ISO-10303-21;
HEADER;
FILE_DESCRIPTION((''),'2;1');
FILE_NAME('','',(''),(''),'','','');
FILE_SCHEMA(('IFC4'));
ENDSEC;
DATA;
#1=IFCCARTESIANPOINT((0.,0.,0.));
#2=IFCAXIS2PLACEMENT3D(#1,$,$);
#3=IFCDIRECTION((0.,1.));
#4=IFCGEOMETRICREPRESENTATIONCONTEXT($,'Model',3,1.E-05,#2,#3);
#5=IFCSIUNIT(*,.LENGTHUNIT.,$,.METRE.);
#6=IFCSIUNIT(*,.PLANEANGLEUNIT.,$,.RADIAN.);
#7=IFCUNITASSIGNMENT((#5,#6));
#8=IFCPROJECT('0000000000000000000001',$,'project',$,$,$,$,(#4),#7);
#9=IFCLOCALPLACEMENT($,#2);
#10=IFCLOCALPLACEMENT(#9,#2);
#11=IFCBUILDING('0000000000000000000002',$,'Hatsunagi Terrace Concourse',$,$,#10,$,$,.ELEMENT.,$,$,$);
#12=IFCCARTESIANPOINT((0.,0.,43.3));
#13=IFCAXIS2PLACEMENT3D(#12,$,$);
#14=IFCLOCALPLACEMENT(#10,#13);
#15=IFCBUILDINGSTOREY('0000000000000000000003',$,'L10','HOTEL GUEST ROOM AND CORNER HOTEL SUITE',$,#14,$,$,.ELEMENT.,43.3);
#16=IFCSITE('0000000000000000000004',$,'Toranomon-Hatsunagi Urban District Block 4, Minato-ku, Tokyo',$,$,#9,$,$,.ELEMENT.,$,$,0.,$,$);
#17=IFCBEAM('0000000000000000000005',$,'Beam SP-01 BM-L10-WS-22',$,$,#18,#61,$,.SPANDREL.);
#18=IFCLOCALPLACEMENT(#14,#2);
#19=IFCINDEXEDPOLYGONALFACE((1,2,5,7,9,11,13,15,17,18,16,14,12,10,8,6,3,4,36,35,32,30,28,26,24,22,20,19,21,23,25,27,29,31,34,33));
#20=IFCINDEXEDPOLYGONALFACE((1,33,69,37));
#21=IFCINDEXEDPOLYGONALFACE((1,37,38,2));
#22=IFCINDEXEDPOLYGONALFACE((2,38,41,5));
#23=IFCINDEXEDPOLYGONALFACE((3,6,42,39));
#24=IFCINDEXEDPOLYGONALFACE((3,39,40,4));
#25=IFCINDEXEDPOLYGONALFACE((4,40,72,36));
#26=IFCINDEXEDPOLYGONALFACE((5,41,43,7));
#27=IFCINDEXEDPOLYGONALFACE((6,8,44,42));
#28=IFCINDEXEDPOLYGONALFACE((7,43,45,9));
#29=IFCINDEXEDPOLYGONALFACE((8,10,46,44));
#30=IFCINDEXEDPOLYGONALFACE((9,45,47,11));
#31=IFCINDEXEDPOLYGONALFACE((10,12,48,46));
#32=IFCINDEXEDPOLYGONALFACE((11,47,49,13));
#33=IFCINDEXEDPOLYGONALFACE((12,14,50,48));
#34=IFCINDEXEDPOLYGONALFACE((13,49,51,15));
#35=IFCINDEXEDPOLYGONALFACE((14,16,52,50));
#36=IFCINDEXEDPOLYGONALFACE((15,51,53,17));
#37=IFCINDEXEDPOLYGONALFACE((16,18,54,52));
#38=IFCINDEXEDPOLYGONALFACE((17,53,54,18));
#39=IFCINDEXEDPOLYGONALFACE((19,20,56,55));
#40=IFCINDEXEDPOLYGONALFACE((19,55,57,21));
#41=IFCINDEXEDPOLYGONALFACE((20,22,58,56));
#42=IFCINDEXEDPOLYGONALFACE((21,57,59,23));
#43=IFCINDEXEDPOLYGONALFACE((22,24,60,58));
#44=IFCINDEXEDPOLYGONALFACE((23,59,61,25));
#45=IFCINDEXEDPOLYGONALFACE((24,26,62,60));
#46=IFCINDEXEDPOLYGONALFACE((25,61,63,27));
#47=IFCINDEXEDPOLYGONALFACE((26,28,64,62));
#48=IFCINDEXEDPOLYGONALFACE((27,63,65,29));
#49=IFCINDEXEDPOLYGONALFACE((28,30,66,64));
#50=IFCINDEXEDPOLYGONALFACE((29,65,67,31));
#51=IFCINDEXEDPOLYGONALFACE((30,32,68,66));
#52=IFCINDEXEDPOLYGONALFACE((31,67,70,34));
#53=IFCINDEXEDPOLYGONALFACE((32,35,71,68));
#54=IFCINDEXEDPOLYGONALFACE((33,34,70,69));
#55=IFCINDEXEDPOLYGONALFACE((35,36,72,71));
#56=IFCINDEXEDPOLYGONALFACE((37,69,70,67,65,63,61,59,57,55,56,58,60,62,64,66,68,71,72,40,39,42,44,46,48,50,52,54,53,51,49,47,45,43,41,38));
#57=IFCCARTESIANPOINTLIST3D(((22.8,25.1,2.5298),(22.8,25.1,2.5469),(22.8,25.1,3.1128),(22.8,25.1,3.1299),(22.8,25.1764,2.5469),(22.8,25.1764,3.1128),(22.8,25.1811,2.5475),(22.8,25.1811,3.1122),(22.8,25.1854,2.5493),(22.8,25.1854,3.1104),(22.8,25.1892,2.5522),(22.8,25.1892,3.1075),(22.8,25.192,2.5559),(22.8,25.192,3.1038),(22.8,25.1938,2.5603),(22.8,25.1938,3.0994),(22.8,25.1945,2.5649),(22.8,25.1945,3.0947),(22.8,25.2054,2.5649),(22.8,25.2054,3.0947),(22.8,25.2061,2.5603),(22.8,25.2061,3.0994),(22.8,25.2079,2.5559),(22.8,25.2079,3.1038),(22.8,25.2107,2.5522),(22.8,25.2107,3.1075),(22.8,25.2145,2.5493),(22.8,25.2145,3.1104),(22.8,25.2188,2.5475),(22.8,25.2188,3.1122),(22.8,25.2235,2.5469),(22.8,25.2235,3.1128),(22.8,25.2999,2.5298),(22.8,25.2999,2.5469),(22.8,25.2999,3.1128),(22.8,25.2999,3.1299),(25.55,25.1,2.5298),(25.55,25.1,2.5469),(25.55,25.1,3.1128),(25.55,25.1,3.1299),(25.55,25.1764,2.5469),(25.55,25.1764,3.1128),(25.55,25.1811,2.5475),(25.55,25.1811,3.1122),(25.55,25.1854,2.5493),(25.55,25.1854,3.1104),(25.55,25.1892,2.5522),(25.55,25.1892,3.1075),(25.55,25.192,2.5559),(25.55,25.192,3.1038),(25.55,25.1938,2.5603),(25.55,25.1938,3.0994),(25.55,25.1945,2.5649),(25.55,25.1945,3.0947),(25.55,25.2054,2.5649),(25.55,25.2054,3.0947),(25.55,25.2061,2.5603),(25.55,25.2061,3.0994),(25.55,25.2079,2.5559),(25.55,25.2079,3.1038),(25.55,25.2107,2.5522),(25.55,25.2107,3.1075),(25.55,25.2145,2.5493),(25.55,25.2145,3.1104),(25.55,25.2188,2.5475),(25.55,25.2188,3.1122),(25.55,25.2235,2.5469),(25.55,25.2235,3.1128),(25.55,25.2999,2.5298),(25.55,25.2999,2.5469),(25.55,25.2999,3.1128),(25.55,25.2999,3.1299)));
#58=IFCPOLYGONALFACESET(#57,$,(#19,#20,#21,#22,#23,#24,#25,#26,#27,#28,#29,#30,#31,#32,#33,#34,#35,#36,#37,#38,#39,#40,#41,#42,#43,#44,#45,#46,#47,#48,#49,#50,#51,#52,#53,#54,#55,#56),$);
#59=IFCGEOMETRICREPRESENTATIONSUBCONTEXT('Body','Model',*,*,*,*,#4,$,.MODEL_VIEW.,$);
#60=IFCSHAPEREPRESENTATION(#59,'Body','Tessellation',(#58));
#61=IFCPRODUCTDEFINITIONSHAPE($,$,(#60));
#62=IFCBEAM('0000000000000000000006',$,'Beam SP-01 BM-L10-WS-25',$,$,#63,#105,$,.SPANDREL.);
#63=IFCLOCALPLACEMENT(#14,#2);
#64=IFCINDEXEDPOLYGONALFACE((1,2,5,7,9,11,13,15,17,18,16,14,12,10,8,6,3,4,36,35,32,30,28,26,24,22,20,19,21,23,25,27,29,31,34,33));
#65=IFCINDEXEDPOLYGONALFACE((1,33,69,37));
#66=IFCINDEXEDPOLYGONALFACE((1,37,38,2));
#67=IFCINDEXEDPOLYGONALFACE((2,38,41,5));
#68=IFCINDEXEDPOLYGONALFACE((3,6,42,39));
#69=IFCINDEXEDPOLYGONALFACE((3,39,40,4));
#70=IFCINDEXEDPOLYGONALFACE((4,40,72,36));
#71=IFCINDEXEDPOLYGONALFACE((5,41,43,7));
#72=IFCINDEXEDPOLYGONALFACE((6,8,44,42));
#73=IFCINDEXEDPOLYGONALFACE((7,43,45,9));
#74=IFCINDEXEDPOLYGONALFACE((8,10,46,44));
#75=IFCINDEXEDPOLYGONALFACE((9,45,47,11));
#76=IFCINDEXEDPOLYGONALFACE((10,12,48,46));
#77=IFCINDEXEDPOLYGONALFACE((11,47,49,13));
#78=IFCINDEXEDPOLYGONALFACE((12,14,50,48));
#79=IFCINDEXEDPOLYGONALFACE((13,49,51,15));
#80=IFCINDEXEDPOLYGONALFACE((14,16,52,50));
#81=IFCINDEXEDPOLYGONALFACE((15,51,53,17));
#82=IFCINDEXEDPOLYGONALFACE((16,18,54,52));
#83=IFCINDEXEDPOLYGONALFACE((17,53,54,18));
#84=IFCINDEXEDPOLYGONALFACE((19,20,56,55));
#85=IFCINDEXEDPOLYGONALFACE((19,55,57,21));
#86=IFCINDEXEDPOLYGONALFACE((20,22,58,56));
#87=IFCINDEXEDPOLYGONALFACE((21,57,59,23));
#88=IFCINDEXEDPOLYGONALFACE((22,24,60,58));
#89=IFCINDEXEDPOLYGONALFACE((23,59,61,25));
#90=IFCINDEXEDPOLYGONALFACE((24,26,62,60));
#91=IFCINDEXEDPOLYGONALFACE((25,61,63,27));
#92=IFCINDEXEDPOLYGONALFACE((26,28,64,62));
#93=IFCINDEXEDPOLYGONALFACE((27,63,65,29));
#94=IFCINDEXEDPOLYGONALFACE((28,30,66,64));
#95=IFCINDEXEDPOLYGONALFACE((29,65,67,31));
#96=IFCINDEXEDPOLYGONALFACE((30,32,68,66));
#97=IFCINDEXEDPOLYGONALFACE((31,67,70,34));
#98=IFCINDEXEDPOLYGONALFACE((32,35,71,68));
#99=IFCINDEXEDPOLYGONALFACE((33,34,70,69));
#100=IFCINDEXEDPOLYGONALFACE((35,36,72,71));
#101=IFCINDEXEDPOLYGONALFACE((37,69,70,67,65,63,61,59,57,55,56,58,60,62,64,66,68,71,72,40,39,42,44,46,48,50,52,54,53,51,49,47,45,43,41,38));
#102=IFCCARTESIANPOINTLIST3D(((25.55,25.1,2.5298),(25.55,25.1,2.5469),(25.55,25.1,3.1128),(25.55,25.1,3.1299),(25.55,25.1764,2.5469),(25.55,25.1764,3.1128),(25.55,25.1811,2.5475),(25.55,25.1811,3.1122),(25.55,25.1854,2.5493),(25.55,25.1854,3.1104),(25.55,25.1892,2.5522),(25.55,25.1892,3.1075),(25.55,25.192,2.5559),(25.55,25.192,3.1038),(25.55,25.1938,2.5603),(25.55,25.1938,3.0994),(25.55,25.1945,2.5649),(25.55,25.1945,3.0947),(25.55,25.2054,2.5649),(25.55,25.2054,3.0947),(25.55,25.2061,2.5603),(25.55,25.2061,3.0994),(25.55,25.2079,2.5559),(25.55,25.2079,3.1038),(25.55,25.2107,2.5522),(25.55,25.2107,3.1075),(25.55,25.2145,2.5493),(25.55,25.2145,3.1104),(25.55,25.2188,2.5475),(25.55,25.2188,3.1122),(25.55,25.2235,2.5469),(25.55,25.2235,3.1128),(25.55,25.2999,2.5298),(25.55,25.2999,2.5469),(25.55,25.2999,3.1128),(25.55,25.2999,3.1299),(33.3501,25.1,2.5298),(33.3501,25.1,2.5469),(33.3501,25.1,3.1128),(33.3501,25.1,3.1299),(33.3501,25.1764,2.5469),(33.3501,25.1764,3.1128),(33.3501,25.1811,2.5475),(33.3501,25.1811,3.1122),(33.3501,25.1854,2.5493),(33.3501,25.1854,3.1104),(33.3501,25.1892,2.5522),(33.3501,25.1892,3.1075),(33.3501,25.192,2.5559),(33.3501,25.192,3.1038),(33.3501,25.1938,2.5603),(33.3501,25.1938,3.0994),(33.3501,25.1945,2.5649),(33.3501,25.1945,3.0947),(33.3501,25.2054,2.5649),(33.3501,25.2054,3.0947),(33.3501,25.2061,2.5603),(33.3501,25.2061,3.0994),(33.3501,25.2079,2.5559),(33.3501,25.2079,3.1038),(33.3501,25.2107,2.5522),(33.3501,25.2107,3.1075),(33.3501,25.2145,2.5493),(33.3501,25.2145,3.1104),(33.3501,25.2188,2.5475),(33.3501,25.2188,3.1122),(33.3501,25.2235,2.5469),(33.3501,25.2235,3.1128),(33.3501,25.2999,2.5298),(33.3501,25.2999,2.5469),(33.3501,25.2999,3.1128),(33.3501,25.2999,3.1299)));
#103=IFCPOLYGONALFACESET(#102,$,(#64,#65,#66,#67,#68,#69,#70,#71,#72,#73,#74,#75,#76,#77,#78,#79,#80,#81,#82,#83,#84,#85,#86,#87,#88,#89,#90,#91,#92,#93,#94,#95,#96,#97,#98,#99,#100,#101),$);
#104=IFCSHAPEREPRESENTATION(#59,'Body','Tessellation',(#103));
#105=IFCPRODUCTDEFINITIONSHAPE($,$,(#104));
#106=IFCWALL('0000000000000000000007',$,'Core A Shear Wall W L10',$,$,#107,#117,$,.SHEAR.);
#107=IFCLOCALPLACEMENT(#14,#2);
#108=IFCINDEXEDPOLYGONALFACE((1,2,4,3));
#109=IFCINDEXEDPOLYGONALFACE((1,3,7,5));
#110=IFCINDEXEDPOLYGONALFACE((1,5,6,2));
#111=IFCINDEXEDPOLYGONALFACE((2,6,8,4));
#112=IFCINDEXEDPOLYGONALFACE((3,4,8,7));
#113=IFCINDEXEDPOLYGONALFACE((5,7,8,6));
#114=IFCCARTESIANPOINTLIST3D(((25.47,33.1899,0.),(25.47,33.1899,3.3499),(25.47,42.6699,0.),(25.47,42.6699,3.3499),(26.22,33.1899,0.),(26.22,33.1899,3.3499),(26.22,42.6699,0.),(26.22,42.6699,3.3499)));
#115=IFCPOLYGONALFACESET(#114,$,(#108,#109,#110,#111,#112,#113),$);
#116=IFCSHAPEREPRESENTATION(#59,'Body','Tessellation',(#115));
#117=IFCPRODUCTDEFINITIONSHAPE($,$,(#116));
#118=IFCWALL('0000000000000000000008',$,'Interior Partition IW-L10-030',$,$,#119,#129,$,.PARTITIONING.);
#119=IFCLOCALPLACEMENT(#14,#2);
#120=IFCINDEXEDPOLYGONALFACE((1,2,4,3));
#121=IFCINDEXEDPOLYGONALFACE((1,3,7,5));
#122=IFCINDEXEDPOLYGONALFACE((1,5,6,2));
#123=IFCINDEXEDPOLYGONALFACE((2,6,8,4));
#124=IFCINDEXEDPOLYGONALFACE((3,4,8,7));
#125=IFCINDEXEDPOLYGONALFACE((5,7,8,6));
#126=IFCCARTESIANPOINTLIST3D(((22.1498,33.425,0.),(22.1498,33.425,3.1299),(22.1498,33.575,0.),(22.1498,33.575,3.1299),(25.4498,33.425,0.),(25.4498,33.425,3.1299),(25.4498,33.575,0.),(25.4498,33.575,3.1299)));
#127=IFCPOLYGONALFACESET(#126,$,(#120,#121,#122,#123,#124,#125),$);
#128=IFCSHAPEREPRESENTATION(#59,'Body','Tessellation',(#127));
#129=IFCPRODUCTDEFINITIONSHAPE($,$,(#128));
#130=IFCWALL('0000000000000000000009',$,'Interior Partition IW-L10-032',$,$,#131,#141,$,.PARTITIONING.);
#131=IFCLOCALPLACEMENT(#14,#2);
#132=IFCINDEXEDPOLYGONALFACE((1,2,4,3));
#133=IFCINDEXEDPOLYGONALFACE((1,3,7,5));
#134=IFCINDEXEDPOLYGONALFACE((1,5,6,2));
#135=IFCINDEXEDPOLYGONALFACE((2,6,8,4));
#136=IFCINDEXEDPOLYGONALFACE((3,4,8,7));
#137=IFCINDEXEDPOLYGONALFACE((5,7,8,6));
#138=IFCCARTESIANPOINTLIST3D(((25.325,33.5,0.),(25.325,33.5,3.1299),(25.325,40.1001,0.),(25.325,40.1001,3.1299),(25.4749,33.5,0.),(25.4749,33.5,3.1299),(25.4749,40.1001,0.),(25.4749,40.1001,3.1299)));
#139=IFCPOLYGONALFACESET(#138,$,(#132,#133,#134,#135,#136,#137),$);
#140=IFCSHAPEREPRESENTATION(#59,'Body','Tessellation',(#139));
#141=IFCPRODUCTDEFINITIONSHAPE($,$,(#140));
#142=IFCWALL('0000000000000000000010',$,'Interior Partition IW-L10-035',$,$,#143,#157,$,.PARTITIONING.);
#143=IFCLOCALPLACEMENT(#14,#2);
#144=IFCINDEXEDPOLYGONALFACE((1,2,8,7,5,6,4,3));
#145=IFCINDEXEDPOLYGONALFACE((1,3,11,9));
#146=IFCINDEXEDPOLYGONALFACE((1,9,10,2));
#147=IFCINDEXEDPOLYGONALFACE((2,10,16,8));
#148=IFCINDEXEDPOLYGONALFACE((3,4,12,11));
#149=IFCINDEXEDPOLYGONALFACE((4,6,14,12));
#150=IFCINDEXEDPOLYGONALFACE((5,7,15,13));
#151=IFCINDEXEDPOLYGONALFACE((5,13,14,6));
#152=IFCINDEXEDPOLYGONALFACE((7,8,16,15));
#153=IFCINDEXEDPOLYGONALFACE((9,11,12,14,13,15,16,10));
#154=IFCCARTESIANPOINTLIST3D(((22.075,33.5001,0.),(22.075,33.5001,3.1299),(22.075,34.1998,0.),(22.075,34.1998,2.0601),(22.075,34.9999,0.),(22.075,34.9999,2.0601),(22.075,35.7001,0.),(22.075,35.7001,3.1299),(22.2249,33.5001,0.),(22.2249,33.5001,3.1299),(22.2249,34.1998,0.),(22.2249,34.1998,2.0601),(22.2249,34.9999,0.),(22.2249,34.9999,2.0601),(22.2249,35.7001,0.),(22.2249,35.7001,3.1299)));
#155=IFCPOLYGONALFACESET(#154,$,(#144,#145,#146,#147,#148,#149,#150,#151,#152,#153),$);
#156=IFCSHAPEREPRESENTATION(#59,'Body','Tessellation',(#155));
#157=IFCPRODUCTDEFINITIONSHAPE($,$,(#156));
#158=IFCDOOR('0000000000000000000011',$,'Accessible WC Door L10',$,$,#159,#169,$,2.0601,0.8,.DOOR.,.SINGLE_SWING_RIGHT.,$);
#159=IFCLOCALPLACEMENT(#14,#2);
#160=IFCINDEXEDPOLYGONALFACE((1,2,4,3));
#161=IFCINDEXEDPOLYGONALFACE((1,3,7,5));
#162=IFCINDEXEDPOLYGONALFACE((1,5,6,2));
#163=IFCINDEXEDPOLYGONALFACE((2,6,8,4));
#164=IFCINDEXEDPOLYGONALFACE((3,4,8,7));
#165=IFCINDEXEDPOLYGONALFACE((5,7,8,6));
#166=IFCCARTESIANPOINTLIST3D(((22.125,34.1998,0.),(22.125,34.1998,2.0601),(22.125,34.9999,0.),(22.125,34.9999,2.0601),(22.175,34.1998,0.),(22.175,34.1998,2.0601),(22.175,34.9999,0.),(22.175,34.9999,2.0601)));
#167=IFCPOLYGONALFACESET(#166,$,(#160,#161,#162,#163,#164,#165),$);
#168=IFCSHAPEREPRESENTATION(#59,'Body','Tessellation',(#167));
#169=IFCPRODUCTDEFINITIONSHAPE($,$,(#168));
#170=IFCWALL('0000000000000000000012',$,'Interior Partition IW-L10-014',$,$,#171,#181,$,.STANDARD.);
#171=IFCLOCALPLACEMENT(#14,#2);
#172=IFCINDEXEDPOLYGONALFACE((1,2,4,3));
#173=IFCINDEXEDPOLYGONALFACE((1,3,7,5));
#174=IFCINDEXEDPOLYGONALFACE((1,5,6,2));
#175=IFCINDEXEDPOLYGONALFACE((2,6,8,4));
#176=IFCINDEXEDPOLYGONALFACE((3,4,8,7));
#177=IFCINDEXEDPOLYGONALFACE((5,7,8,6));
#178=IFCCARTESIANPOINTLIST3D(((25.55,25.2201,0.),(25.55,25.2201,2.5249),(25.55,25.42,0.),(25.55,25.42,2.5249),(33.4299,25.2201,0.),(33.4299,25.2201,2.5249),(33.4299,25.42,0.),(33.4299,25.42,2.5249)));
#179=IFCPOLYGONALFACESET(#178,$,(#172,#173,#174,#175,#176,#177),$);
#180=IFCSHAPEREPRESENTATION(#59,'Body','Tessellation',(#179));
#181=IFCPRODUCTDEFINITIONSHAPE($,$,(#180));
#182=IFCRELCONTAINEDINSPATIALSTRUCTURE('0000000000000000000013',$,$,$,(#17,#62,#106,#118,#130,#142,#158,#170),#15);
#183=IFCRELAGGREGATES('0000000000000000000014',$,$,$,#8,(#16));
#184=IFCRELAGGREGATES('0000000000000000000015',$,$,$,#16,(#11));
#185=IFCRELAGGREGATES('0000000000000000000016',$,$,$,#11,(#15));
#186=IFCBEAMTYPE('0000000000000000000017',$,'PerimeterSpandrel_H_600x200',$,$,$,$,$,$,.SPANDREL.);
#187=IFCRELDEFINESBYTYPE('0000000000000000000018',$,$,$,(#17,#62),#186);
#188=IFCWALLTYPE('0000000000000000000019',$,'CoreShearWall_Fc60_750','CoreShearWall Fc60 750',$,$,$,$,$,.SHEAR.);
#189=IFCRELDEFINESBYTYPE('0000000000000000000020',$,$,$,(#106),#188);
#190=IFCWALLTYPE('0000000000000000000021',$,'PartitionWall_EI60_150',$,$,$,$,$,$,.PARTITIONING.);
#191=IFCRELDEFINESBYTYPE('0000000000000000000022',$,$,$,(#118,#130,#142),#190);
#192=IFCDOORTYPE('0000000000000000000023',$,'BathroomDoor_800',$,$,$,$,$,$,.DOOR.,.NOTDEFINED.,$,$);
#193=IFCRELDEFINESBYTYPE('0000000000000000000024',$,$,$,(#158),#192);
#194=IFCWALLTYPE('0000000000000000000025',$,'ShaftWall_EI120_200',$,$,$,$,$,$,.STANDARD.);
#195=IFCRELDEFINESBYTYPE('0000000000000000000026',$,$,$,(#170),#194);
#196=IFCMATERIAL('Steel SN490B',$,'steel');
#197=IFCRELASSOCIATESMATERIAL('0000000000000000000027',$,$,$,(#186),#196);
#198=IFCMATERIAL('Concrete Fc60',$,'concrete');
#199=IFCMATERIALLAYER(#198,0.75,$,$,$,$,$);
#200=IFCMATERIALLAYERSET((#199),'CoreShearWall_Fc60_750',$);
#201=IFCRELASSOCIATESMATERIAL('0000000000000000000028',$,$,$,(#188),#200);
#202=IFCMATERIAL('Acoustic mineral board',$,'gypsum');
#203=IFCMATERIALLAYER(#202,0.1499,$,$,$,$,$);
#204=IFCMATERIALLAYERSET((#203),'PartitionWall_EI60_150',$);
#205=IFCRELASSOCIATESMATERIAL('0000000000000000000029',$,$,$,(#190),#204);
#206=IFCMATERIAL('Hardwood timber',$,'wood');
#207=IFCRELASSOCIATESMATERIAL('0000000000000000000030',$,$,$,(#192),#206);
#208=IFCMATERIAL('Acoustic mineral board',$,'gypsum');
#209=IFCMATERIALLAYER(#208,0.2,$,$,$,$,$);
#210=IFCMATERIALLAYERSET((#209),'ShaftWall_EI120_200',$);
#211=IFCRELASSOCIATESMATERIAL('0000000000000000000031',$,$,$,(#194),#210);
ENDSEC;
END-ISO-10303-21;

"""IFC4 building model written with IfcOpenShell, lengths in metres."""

from ifc_helpers import new_model, si_unit, direction, frame, frame_2d, origin, origin_2d, place, context, subcontext, project, spatial, rectangle, i_section, extrude, material, layer, layer_set, material_profile, profile_set, type_object, element, fill, save


model = new_model("IFC4")

# Units and contexts
model_context = context("Model", 3, precision=1e-05, world=origin(), true_north=direction((0.0, 1.0)))
body_context = subcontext(model_context, "Body", "Model", "MODEL_VIEW")
ifc_project = project(units=[si_unit("LENGTHUNIT", "METRE"), si_unit("PLANEANGLEUNIT", "RADIAN")], contexts=[model_context])

# Site, building, storey
site_placement = place(None, origin())
site = spatial("IfcSite", under=ifc_project, at=site_placement, Name="Toranomon-Hatsunagi Urban District Block 4, Minato-ku, Tokyo", CompositionType="ELEMENT", RefElevation=0.0)
building_placement = place(site_placement, origin())
building = spatial("IfcBuilding", under=site, at=building_placement, Name="Hatsunagi Terrace Concourse", CompositionType="ELEMENT")
storey_placement = place(building_placement, frame((0.0, 0.0, 43.3)))
storey = spatial("IfcBuildingStorey", under=building, at=storey_placement, Name="L10", Description="HOTEL GUEST ROOM AND CORNER HOTEL SUITE", CompositionType="ELEMENT", Elevation=43.3)

# Beams
ifc_material_1 = material(Name="Steel SN490B", Category="steel")
ifc_material_profile_1 = material_profile(ifc_material_1, i_section(OverallWidth=0.2, OverallDepth=0.6001, WebThickness=0.011, FlangeThickness=0.0171, FilletRadius=0.0181, at=origin_2d()), Name="H-600x200x11x17")
ifc_profile_set_1 = profile_set([ifc_material_profile_1], Name="Steel SN490B")
beam_type_1 = type_object("IfcBeamType", Name="PerimeterSpandrel_H_600x200", PredefinedType="SPANDREL", material=ifc_profile_set_1)
beam_1_placement = place(storey_placement, frame((22.8, 25.2, 2.8298), z_axis=(1.0, 0.0, 0.0), x_axis=(0.0, 1.0, 0.0)))
element("IfcBeam", 1, at=beam_1_placement, inside=storey, type_object=beam_type_1, Name="Beam SP-01 BM-L10-WS-22", PredefinedType="SPANDREL", context=body_context, shape_type="SweptSolid", body=[
    extrude(i_section(OverallWidth=0.2, OverallDepth=0.6001, WebThickness=0.011, FlangeThickness=0.0171, FilletRadius=0.0181, at=origin_2d()), origin(), (0.0, 0.0, 1.0), 2.75),
])
beam_2_placement = place(storey_placement, frame((25.55, 25.2, 2.8298), z_axis=(1.0, 0.0, 0.0), x_axis=(0.0, 1.0, 0.0)))
element("IfcBeam", 2, at=beam_2_placement, inside=storey, type_object=beam_type_1, Name="Beam SP-01 BM-L10-WS-25", PredefinedType="SPANDREL", context=body_context, shape_type="SweptSolid", body=[
    extrude(i_section(OverallWidth=0.2, OverallDepth=0.6001, WebThickness=0.011, FlangeThickness=0.0171, FilletRadius=0.0181, at=origin_2d()), origin(), (0.0, 0.0, 1.0), 7.8),
])

# Shared definitions
ifc_material_2 = material(Name="Concrete Fc60", Category="concrete")
ifc_layer_1 = layer(ifc_material_2, 0.75)
ifc_layer_set_1 = layer_set([ifc_layer_1], Name="CoreShearWall_Fc60_750")
wall_type_1 = type_object("IfcWallType", Name="CoreShearWall_Fc60_750", Description="CoreShearWall Fc60 750", PredefinedType="SHEAR", material=ifc_layer_set_1)

# Walls
wall_1_placement = place(storey_placement, frame((25.845, 33.1899, 0.0), z_axis=(0.0, 0.0, 1.0), x_axis=(0.0, 1.0, 0.0)))
element("IfcWall", 3, at=wall_1_placement, inside=storey, type_object=wall_type_1, Name="Core A Shear Wall W L10", PredefinedType="SHEAR", context=body_context, shape_type="SweptSolid", body=[
    extrude(rectangle(XDim=9.48, YDim=0.75, at=frame_2d((4.74, 0.0))), origin(), (0.0, 0.0, 1.0), 3.3499),
])
ifc_material_3 = material(Name="Acoustic mineral board", Category="gypsum")
ifc_layer_2 = layer(ifc_material_3, 0.1499)
ifc_layer_set_2 = layer_set([ifc_layer_2], Name="PartitionWall_EI60_150")
wall_type_2 = type_object("IfcWallType", Name="PartitionWall_EI60_150", PredefinedType="PARTITIONING", material=ifc_layer_set_2)
wall_2_placement = place(storey_placement, frame((22.1499, 33.5, 0.0), z_axis=(0.0, 0.0, 1.0), x_axis=(1.0, 0.0, 0.0)))
element("IfcWall", 4, at=wall_2_placement, inside=storey, type_object=wall_type_2, Name="Interior Partition IW-L10-030", PredefinedType="PARTITIONING", context=body_context, shape_type="SweptSolid", body=[
    extrude(rectangle(XDim=3.3, YDim=0.1499, at=frame_2d((1.6499, 0.0))), origin(), (0.0, 0.0, 1.0), 3.1299),
])
wall_3_placement = place(storey_placement, frame((25.3999, 33.5, 0.0), z_axis=(0.0, 0.0, 1.0), x_axis=(0.0, 1.0, 0.0)))
element("IfcWall", 5, at=wall_3_placement, inside=storey, type_object=wall_type_2, Name="Interior Partition IW-L10-032", PredefinedType="PARTITIONING", context=body_context, shape_type="SweptSolid", body=[
    extrude(rectangle(XDim=6.6001, YDim=0.1499, at=frame_2d((3.3, 0.0))), origin(), (0.0, 0.0, 1.0), 3.1299),
])

# Wall, opening, door
wall_4_placement = place(storey_placement, frame((22.1499, 33.5, 0.0), z_axis=(0.0, 0.0, 1.0), x_axis=(0.0, 1.0, 0.0)))
wall_4 = element("IfcWall", 6, at=wall_4_placement, inside=storey, type_object=wall_type_2, Name="Interior Partition IW-L10-035", PredefinedType="PARTITIONING", context=body_context, shape_type="SweptSolid", body=[
    extrude(rectangle(XDim=2.2, YDim=0.1499, at=frame_2d((1.1001, 0.0))), origin(), (0.0, 0.0, 1.0), 3.1299),
])
opening_1_placement = place(wall_4_placement, frame((0.7, 0.0, 0.0)))
opening_1 = element("IfcOpeningElement", 7, at=opening_1_placement, cuts=wall_4, PredefinedType="OPENING", context=body_context, shape_type="SweptSolid", body=[
    extrude(rectangle(XDim=0.8, YDim=2.0601, at=frame_2d((0.3999, 1.03))), frame((0.0, 0.085, 0.0), z_axis=(0.0, -1.0, 0.0), x_axis=(1.0, 0.0, 0.0)), (0.0, 0.0, 1.0), 0.1699),
])
ifc_material_4 = material(Name="Hardwood timber", Category="wood")
door_type_1 = type_object("IfcDoorType", Name="BathroomDoor_800", OperationType="NOTDEFINED", PredefinedType="DOOR", material=ifc_material_4)
door_1_placement = place(opening_1_placement, origin())
door_1 = element("IfcDoor", 8, at=door_1_placement, inside=storey, type_object=door_type_1, Name="Accessible WC Door L10", OperationType="SINGLE_SWING_RIGHT", OverallHeight=2.0601, OverallWidth=0.8, PredefinedType="DOOR", context=body_context, shape_type="SweptSolid", body=[
    extrude(rectangle(XDim=0.8, YDim=2.0601, at=frame_2d((0.3999, 1.03))), frame((0.0, 0.0249, 0.0), z_axis=(0.0, -1.0, 0.0), x_axis=(1.0, 0.0, 0.0)), (0.0, 0.0, 1.0), 0.05),
])
fill(opening_1, door_1)

# Wall
ifc_material_5 = material(Name="Acoustic mineral board", Category="gypsum")
ifc_layer_3 = layer(ifc_material_5, 0.2)
ifc_layer_set_3 = layer_set([ifc_layer_3], Name="ShaftWall_EI120_200")
wall_type_3 = type_object("IfcWallType", Name="ShaftWall_EI120_200", PredefinedType="STANDARD", material=ifc_layer_set_3)
wall_5_placement = place(storey_placement, frame((25.55, 25.3201, 0.0), z_axis=(0.0, 0.0, 1.0), x_axis=(1.0, 0.0, 0.0)))
element("IfcWall", 9, at=wall_5_placement, inside=storey, type_object=wall_type_3, Name="Interior Partition IW-L10-014", PredefinedType="STANDARD", context=body_context, shape_type="SweptSolid", body=[
    extrude(rectangle(XDim=7.8799, YDim=0.2, at=frame_2d((3.9399, 0.0))), origin(), (0.0, 0.0, 1.0), 2.5249),
])

save(model, "model.ifc")
